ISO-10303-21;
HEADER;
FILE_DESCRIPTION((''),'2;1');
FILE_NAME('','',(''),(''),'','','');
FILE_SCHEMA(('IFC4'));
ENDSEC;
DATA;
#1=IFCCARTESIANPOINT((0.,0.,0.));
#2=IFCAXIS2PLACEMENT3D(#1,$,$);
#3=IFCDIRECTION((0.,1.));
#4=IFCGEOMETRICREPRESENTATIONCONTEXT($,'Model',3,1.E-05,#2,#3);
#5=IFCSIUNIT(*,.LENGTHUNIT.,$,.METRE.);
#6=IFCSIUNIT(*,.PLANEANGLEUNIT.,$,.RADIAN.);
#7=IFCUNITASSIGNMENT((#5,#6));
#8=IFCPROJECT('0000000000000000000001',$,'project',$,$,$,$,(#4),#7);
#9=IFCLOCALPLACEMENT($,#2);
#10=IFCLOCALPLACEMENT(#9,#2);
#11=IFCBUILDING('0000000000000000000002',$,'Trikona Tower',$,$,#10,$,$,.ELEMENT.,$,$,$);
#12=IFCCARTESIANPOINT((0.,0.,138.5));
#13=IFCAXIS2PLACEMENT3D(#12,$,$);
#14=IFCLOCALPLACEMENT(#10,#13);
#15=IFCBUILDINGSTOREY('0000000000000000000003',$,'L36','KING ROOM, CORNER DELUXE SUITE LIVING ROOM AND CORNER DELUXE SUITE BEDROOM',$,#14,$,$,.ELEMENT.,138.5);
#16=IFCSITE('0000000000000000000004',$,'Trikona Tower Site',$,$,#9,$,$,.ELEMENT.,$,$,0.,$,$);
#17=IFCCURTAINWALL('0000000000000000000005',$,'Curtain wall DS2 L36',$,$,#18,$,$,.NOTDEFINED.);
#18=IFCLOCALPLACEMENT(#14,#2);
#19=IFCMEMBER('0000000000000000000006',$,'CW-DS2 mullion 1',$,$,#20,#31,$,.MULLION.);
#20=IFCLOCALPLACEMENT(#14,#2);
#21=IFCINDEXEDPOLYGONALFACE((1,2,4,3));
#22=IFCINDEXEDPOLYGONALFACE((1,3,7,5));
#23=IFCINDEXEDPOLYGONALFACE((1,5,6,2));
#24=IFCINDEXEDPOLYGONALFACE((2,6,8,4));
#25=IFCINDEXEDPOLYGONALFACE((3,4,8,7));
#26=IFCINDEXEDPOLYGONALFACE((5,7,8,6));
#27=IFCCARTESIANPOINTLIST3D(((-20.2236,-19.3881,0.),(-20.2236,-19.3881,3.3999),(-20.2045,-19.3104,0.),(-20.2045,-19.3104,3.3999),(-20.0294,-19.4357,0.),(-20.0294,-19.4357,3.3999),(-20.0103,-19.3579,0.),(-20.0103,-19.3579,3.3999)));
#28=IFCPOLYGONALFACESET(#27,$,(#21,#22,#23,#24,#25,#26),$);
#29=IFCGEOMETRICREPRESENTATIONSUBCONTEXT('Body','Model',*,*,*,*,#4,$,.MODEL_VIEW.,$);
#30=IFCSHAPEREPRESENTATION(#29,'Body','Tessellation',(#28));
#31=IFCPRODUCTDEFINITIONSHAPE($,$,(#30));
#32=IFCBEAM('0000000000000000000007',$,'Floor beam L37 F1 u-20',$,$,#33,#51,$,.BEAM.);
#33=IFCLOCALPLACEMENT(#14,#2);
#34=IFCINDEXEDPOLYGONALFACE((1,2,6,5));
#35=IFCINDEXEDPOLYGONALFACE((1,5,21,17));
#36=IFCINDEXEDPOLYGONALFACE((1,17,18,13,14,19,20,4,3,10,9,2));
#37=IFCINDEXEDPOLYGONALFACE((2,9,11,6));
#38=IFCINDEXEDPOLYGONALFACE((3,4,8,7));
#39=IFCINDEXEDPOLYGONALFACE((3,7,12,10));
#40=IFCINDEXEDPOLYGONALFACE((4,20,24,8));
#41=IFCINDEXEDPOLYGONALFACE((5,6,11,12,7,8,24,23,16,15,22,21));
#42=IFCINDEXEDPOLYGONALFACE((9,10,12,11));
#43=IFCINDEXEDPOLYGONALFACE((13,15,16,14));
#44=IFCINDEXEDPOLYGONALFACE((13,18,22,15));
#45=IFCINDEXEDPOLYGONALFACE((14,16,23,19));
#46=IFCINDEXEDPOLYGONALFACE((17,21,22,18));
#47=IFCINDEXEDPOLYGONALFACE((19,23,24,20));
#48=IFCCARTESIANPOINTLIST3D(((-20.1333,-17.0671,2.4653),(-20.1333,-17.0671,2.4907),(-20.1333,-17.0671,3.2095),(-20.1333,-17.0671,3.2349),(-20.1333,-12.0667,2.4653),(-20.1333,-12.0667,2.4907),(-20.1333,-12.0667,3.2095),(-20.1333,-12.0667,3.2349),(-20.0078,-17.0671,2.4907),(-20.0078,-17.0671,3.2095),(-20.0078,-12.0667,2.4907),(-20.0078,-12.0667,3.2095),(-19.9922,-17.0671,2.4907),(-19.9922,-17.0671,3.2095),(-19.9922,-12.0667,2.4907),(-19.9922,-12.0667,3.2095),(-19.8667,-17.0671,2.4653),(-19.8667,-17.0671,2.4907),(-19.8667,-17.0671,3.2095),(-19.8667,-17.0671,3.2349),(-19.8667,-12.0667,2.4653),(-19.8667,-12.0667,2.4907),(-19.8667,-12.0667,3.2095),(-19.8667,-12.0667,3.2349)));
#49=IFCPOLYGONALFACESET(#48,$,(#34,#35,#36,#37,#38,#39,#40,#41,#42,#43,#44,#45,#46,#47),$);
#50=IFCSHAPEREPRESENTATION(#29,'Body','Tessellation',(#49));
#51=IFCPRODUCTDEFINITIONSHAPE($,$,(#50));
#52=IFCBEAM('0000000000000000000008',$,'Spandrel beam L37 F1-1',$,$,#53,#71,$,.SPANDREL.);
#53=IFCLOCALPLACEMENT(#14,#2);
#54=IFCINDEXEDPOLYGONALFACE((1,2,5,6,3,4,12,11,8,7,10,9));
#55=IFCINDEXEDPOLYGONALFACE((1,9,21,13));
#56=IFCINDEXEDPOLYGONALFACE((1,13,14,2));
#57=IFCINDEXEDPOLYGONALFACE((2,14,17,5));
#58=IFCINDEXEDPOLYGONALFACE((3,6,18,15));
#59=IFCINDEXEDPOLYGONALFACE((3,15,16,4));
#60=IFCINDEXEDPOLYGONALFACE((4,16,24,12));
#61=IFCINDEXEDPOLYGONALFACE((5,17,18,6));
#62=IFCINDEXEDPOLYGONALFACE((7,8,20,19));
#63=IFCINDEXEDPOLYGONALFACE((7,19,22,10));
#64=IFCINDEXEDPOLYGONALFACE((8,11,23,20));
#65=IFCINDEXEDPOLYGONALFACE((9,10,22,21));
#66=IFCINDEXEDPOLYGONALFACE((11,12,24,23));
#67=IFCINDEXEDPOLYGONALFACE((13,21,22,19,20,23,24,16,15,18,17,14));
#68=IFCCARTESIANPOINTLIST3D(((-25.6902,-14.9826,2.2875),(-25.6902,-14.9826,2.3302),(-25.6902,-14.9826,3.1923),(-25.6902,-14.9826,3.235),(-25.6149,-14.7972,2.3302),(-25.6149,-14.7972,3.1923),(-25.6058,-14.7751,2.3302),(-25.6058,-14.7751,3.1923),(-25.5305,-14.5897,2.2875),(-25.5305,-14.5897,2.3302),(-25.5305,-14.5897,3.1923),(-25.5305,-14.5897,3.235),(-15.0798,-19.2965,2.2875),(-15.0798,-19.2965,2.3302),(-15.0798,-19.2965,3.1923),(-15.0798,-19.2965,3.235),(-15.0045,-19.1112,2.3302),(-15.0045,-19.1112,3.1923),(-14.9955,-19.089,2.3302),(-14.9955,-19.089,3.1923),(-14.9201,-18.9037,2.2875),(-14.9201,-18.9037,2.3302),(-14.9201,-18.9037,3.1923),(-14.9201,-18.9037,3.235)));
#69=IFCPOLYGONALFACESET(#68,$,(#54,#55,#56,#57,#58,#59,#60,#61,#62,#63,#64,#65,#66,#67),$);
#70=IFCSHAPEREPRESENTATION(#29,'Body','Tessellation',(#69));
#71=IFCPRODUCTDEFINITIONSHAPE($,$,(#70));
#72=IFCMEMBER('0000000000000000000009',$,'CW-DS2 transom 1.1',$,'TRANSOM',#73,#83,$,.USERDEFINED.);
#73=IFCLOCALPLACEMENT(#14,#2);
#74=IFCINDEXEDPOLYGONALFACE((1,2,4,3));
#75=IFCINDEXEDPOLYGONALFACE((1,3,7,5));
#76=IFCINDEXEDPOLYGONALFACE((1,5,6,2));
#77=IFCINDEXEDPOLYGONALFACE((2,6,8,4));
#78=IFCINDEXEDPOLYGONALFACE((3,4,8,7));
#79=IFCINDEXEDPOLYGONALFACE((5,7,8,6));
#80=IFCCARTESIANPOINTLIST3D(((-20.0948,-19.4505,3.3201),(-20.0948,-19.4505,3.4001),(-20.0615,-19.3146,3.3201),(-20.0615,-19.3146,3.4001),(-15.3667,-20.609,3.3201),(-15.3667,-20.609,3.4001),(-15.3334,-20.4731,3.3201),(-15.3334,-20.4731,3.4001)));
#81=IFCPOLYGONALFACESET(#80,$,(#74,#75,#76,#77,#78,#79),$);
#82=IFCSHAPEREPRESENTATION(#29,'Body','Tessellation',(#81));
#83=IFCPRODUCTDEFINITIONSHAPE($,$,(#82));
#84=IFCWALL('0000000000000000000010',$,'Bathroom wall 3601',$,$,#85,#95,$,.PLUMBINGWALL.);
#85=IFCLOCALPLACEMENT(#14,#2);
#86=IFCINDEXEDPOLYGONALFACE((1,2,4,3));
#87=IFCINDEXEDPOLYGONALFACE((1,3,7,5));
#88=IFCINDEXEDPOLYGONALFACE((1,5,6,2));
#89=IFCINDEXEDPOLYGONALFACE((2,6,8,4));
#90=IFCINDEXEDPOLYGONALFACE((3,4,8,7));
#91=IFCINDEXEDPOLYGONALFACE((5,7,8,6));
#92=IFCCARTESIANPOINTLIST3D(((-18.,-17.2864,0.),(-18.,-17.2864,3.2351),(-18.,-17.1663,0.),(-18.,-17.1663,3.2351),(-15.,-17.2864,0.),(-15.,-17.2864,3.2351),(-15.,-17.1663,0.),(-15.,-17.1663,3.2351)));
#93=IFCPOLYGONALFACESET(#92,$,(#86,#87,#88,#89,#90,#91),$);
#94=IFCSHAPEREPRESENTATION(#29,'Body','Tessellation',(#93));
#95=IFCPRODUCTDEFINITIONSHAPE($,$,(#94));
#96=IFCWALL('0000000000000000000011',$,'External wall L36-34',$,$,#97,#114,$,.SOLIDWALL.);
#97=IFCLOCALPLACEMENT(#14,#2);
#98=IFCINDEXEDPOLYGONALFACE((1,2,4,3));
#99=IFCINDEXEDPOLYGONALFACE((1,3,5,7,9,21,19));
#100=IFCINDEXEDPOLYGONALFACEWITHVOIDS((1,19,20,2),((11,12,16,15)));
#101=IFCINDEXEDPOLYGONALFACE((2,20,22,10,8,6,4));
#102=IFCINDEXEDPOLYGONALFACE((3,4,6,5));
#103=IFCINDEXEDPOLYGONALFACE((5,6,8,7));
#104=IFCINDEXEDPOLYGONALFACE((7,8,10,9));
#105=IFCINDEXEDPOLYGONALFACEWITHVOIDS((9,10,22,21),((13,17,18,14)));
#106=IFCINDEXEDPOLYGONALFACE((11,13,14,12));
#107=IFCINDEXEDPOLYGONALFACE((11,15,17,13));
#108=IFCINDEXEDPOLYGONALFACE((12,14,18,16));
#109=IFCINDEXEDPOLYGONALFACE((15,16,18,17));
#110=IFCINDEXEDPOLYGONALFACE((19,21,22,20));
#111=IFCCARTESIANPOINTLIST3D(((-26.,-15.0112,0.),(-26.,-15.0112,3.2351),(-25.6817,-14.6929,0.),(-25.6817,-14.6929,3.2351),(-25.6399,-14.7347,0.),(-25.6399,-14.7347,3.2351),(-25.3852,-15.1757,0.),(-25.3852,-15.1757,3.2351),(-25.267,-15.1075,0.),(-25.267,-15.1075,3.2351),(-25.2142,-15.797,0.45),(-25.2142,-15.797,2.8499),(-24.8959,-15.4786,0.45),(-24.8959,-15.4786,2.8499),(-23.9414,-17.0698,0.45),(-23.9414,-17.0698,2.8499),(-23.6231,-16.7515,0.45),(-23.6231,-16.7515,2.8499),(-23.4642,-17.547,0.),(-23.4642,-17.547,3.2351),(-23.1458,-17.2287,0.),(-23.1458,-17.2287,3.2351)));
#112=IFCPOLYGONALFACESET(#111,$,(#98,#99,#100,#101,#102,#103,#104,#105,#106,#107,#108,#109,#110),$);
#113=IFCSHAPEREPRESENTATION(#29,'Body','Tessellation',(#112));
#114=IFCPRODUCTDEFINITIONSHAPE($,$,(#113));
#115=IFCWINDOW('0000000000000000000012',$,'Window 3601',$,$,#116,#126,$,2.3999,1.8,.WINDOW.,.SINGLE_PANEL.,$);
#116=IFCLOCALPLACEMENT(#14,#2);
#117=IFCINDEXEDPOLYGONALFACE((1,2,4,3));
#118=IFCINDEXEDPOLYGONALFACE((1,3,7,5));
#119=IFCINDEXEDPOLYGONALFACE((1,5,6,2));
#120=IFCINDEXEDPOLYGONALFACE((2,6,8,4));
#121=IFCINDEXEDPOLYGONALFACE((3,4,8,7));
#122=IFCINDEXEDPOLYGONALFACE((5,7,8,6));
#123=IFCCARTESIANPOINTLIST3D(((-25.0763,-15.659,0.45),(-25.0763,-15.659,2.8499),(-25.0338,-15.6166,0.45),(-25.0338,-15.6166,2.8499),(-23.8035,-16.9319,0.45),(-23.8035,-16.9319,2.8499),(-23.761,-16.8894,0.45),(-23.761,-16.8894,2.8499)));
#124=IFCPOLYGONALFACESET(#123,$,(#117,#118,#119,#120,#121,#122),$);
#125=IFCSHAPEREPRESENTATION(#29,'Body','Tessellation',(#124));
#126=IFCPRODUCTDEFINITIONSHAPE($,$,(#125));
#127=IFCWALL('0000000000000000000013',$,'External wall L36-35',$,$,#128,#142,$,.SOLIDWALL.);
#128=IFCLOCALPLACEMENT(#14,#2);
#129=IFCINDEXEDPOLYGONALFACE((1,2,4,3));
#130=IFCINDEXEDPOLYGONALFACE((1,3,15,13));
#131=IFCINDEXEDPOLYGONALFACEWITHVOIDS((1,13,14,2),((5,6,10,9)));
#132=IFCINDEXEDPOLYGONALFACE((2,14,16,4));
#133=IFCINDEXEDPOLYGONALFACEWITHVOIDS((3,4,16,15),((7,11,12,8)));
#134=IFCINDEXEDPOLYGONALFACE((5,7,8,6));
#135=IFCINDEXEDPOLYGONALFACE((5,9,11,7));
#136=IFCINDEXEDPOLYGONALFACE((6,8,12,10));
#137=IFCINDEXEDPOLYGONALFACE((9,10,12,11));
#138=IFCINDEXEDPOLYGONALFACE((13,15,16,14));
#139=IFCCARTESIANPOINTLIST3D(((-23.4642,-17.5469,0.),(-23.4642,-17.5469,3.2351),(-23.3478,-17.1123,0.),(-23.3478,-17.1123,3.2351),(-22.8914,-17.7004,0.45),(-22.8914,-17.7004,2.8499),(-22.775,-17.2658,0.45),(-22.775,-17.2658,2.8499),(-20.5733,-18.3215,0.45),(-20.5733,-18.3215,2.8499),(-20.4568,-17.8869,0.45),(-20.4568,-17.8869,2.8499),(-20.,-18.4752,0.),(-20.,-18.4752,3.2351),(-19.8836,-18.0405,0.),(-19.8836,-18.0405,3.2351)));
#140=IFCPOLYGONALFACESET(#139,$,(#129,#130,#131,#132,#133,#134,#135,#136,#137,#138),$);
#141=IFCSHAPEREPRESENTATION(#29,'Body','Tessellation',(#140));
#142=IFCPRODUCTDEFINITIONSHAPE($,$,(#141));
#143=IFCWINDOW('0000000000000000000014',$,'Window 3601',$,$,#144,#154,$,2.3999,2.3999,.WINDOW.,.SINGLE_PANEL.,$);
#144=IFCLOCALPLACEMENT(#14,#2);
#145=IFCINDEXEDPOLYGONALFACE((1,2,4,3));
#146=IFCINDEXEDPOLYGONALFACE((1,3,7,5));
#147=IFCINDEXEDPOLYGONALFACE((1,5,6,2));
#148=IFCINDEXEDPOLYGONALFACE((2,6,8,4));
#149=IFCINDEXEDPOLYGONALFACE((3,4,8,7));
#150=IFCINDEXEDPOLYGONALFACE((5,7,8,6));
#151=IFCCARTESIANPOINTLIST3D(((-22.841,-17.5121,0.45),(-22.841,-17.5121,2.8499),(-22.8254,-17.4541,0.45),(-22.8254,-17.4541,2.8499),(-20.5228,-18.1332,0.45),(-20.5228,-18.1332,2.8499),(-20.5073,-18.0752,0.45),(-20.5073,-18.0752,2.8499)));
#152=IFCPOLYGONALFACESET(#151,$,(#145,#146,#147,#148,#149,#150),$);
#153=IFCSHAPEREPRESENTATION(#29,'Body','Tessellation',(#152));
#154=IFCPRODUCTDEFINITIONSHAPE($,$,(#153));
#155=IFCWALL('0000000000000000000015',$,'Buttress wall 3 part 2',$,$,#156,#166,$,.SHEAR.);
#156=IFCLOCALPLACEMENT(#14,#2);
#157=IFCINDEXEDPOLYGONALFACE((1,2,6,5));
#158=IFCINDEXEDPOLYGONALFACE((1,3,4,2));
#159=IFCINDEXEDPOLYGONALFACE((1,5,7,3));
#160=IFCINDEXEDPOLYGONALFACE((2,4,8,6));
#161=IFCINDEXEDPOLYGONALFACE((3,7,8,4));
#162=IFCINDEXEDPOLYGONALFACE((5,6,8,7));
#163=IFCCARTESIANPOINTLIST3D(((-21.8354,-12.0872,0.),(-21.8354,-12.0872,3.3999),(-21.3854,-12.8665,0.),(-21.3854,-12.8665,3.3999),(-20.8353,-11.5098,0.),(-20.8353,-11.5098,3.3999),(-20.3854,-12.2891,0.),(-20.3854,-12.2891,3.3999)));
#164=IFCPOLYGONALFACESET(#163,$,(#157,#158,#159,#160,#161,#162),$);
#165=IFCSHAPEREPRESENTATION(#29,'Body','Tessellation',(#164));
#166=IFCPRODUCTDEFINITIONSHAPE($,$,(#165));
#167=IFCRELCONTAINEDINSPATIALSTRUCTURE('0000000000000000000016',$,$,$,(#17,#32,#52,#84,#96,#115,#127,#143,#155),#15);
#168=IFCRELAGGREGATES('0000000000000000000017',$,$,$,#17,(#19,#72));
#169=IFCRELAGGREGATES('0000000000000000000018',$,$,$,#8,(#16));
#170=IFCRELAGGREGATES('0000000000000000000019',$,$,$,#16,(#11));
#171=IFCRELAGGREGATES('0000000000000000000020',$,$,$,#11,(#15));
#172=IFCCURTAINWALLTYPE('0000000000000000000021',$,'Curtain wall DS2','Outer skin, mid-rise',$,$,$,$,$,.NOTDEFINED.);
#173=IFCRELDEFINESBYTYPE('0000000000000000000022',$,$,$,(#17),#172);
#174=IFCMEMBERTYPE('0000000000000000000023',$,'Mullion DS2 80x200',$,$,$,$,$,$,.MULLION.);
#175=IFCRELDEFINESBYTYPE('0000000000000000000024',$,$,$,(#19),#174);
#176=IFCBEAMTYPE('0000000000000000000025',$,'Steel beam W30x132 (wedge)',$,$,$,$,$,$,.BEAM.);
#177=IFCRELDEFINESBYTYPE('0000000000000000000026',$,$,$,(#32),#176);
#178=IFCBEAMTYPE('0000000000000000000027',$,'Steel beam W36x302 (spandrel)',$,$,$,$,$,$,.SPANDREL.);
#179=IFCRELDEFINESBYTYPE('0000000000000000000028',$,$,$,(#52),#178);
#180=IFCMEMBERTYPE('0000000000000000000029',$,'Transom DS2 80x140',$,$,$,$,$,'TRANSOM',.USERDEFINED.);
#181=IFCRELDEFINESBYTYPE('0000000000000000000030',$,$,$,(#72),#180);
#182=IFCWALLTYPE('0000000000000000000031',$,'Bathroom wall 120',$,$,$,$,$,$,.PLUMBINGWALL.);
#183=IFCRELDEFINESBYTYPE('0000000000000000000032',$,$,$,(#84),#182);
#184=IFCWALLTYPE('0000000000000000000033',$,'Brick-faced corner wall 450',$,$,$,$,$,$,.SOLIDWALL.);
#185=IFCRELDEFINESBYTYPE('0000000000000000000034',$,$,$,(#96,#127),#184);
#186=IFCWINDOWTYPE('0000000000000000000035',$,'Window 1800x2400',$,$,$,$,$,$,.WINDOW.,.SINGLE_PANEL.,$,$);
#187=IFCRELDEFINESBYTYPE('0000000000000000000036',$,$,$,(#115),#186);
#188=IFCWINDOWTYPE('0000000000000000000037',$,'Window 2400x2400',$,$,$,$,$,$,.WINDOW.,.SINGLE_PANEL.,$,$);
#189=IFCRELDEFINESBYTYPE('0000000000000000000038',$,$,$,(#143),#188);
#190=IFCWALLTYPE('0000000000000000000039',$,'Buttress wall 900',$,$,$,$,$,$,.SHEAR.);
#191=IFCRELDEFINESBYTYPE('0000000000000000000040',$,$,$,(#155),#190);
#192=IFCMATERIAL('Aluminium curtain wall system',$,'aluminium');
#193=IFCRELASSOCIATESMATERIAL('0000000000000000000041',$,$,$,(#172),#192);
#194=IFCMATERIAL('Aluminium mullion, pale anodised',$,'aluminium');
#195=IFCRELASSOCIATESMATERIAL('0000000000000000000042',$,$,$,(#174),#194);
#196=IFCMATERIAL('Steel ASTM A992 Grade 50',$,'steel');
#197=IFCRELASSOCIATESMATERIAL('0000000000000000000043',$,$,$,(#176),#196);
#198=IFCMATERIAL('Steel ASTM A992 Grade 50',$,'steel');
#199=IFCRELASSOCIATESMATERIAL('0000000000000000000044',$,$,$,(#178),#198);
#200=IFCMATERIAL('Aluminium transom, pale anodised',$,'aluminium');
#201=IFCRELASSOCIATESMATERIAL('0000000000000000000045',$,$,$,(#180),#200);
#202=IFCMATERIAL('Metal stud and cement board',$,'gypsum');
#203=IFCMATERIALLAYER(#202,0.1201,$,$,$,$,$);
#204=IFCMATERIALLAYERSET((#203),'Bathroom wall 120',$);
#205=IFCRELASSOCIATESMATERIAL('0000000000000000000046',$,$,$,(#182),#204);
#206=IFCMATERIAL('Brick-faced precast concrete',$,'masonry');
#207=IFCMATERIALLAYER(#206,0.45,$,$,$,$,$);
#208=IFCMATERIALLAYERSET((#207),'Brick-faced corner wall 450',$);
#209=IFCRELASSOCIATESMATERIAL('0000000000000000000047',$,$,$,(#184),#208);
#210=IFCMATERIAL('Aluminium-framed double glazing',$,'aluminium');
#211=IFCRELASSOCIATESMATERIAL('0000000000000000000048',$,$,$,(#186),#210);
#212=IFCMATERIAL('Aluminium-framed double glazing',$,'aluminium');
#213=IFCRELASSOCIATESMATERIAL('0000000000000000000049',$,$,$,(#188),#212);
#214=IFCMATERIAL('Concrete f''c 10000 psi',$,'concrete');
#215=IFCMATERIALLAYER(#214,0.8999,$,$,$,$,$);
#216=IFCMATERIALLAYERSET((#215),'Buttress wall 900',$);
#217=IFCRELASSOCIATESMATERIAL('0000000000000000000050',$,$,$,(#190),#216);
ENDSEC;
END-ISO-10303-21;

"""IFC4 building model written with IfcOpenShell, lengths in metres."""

from ifc_helpers import new_model, si_unit, direction, frame, frame_2d, origin, origin_2d, place, context, subcontext, project, spatial, polyline, rectangle, i_section, outline, extrude, material, layer, layer_set, material_profile, profile_set, type_object, element, fill, aggregate, save


model = new_model("IFC4")

# Units and contexts
model_context = context("Model", 3, precision=1e-05, world=origin(), true_north=direction((0.0, 1.0)))
body_context = subcontext(model_context, "Body", "Model", "MODEL_VIEW")
ifc_project = project(units=[si_unit("LENGTHUNIT", "METRE"), si_unit("PLANEANGLEUNIT", "RADIAN")], contexts=[model_context])

# Site, building, storey
site_placement = place(None, origin())
site = spatial("IfcSite", under=ifc_project, at=site_placement, Name="Trikona Tower Site", CompositionType="ELEMENT", RefElevation=0.0)
building_placement = place(site_placement, origin())
building = spatial("IfcBuilding", under=site, at=building_placement, Name="Trikona Tower", CompositionType="ELEMENT")
storey_placement = place(building_placement, frame((0.0, 0.0, 138.5)))
storey = spatial("IfcBuildingStorey", under=building, at=storey_placement, Name="L36", Description="KING ROOM, CORNER DELUXE SUITE LIVING ROOM AND CORNER DELUXE SUITE BEDROOM", CompositionType="ELEMENT", Elevation=138.5)

# Curtain wall, member
ifc_material_1 = material(Name="Aluminium curtain wall system", Category="aluminium")
curtain_wall_type = type_object("IfcCurtainWallType", Name="Curtain wall DS2", Description="Outer skin, mid-rise", PredefinedType="NOTDEFINED", material=ifc_material_1)
curtain_wall_placement = place(storey_placement, origin())
curtain_wall = element("IfcCurtainWall", 1, at=curtain_wall_placement, inside=storey, type_object=curtain_wall_type, Name="Curtain wall DS2 L36", PredefinedType="NOTDEFINED")
ifc_material_2 = material(Name="Aluminium mullion, pale anodised", Category="aluminium")
ifc_material_profile_1 = material_profile(ifc_material_2, rectangle(XDim=0.0801, YDim=0.2, at=origin_2d()), Name="MUL-DS2")
ifc_profile_set_1 = profile_set([ifc_material_profile_1], Name="Aluminium mullion, pale anodised")
member_type_1 = type_object("IfcMemberType", Name="Mullion DS2 80x200", PredefinedType="MULLION", material=ifc_profile_set_1)
member_1_placement = place(storey_placement, frame((-20.1169, -19.373, 0.0), z_axis=(0.0, 0.0, 1.0), x_axis=(0.23797, 0.971272, 0.0)))
member_1 = element("IfcMember", 2, at=member_1_placement, type_object=member_type_1, Name="CW-DS2 mullion 1", PredefinedType="MULLION", context=body_context, shape_type="SweptSolid", body=[
    extrude(rectangle(XDim=0.0801, YDim=0.2, at=origin_2d()), origin(), (0.0, 0.0, 1.0), 3.3999),
])

# Beams
ifc_material_3 = material(Name="Steel ASTM A992 Grade 50", Category="steel")
ifc_material_profile_2 = material_profile(ifc_material_3, i_section(OverallWidth=0.2666, OverallDepth=0.7695, WebThickness=0.0156, FlangeThickness=0.0254, at=origin_2d()), Name="W30X132")
ifc_profile_set_2 = profile_set([ifc_material_profile_2], Name="Steel ASTM A992 Grade 50")
beam_type_1 = type_object("IfcBeamType", Name="Steel beam W30x132 (wedge)", PredefinedType="BEAM", material=ifc_profile_set_2)
beam_1_placement = place(storey_placement, frame((-20.0, -12.0667, 2.8501), z_axis=(0.0, -1.0, 0.0), x_axis=(1.0, 0.0, 0.0)))
element("IfcBeam", 3, at=beam_1_placement, inside=storey, type_object=beam_type_1, Name="Floor beam L37 F1 u-20", PredefinedType="BEAM", context=body_context, shape_type="SweptSolid", body=[
    extrude(i_section(OverallWidth=0.2666, OverallDepth=0.7695, WebThickness=0.0156, FlangeThickness=0.0254, at=origin_2d()), origin(), (0.0, 0.0, 1.0), 5.0005),
])
ifc_material_4 = material(Name="Steel ASTM A992 Grade 50", Category="steel")
ifc_material_profile_3 = material_profile(ifc_material_4, i_section(OverallWidth=0.4241, OverallDepth=0.9475, WebThickness=0.0239, FlangeThickness=0.0427, at=origin_2d()), Name="W36X302")
ifc_profile_set_3 = profile_set([ifc_material_profile_3], Name="Steel ASTM A992 Grade 50")
beam_type_2 = type_object("IfcBeamType", Name="Steel beam W36x302 (spandrel)", PredefinedType="SPANDREL", material=ifc_profile_set_3)
beam_2_placement = place(storey_placement, frame((-25.6104, -14.7861, 2.7612), z_axis=(0.92636, -0.37664, 0.0), x_axis=(0.37664, 0.92636, 0.0)))
element("IfcBeam", 4, at=beam_2_placement, inside=storey, type_object=beam_type_2, Name="Spandrel beam L37 F1-1", PredefinedType="SPANDREL", context=body_context, shape_type="SweptSolid", body=[
    extrude(i_section(OverallWidth=0.4241, OverallDepth=0.9475, WebThickness=0.0239, FlangeThickness=0.0427, at=origin_2d()), origin(), (0.0, 0.0, 1.0), 11.4539),
])

# Member
ifc_material_5 = material(Name="Aluminium transom, pale anodised", Category="aluminium")
ifc_material_profile_4 = material_profile(ifc_material_5, rectangle(XDim=0.1399, YDim=0.0801, at=origin_2d()), Name="TRN-DS2")
ifc_profile_set_4 = profile_set([ifc_material_profile_4], Name="Aluminium transom, pale anodised")
member_type_2 = type_object("IfcMemberType", Name="Transom DS2 80x140", ElementType="TRANSOM", PredefinedType="USERDEFINED", material=ifc_profile_set_4)
member_2_placement = place(storey_placement, frame((-20.0781, -19.3826, 3.3601), z_axis=(0.971271, -0.237978, 0.0), x_axis=(0.237978, 0.971271, 0.0)))
member_2 = element("IfcMember", 5, at=member_2_placement, type_object=member_type_2, Name="CW-DS2 transom 1.1", ObjectType="TRANSOM", PredefinedType="USERDEFINED", context=body_context, shape_type="SweptSolid", body=[
    extrude(rectangle(XDim=0.1399, YDim=0.0801, at=origin_2d()), origin(), (0.0, 0.0, 1.0), 4.8679),
])
aggregate(curtain_wall, [member_1, member_2])

# Wall
ifc_material_6 = material(Name="Metal stud and cement board", Category="gypsum")
ifc_layer_1 = layer(ifc_material_6, 0.1201)
ifc_layer_set_1 = layer_set([ifc_layer_1], Name="Bathroom wall 120")
wall_type_1 = type_object("IfcWallType", Name="Bathroom wall 120", PredefinedType="PLUMBINGWALL", material=ifc_layer_set_1)
wall_1_placement = place(storey_placement, frame((-18.0, -17.2263, 0.0), z_axis=(0.0, 0.0, 1.0), x_axis=(1.0, 0.0, 0.0)))
element("IfcWall", 6, at=wall_1_placement, inside=storey, type_object=wall_type_1, Name="Bathroom wall 3601", PredefinedType="PLUMBINGWALL", context=body_context, shape_type="SweptSolid", body=[
    extrude(rectangle(XDim=3.0, YDim=0.1201, at=frame_2d((1.5, 0.0))), origin(), (0.0, 0.0, 1.0), 3.2351),
])

# Walls, openings, windows
ifc_material_7 = material(Name="Brick-faced precast concrete", Category="masonry")
ifc_layer_2 = layer(ifc_material_7, 0.45)
ifc_layer_set_2 = layer_set([ifc_layer_2], Name="Brick-faced corner wall 450")
wall_type_2 = type_object("IfcWallType", Name="Brick-faced corner wall 450", PredefinedType="SOLIDWALL", material=ifc_layer_set_2)
wall_2_placement = place(storey_placement, frame((-25.8408, -14.8521, 0.0), z_axis=(0.0, 0.0, 1.0), x_axis=(0.707107, -0.707107, 0.0)))
wall_2 = element("IfcWall", 7, at=wall_2_placement, inside=storey, type_object=wall_type_2, Name="External wall L36-34", PredefinedType="SOLIDWALL", context=body_context, shape_type="SweptSolid", body=[
    extrude(outline(polyline([(3.5862, 0.2251), (0.5864, 0.2251), (0.551, 0.0933), (0.0591, 0.2251), (0.0, 0.2251), (0.0, -0.2251), (3.5862, -0.2251), (3.5862, 0.2251)])), origin(), (0.0, 0.0, 1.0), 3.2351),
])
opening_1_placement = place(wall_2_placement, frame((1.1113, 0.0, 0.45)))
opening_1 = element("IfcOpeningElement", 8, at=opening_1_placement, cuts=wall_2, PredefinedType="OPENING", context=body_context, shape_type="SweptSolid", body=[
    extrude(rectangle(XDim=1.8, YDim=2.3999, at=frame_2d((0.8999, 1.2))), frame((0.0, 0.2349, 0.0), z_axis=(0.0, -1.0, 0.0), x_axis=(1.0, 0.0, 0.0)), (0.0, 0.0, 1.0), 0.47),
])
ifc_material_8 = material(Name="Aluminium-framed double glazing", Category="aluminium")
window_type_1 = type_object("IfcWindowType", Name="Window 1800x2400", PartitioningType="SINGLE_PANEL", PredefinedType="WINDOW", material=ifc_material_8)
window_1_placement = place(opening_1_placement, origin())
window_1 = element("IfcWindow", 9, at=window_1_placement, inside=storey, type_object=window_type_1, Name="Window 3601", OverallHeight=2.3999, OverallWidth=1.8, PartitioningType="SINGLE_PANEL", PredefinedType="WINDOW", context=body_context, shape_type="SweptSolid", body=[
    extrude(rectangle(XDim=1.8, YDim=2.3999, at=frame_2d((0.8999, 1.2))), frame((0.0, 0.03, 0.0), z_axis=(0.0, -1.0, 0.0), x_axis=(1.0, 0.0, 0.0)), (0.0, 0.0, 1.0), 0.0601),
])
fill(opening_1, window_1)
wall_3_placement = place(storey_placement, frame((-23.406, -17.3296, 0.0), z_axis=(0.0, 0.0, 1.0), x_axis=(0.965925, -0.258823, 0.0)))
wall_3 = element("IfcWall", 10, at=wall_3_placement, inside=storey, type_object=wall_type_2, Name="External wall L36-35", PredefinedType="SOLIDWALL", context=body_context, shape_type="SweptSolid", body=[
    extrude(rectangle(XDim=3.5864, YDim=0.45, at=frame_2d((1.7932, 0.0))), origin(), (0.0, 0.0, 1.0), 3.2351),
])
opening_2_placement = place(wall_3_placement, frame((0.593, 0.0, 0.45)))
opening_2 = element("IfcOpeningElement", 11, at=opening_2_placement, cuts=wall_3, PredefinedType="OPENING", context=body_context, shape_type="SweptSolid", body=[
    extrude(rectangle(XDim=2.3999, YDim=2.3999, at=frame_2d((1.2, 1.2))), frame((0.0, 0.2349, 0.0), z_axis=(0.0, -1.0, 0.0), x_axis=(1.0, 0.0, 0.0)), (0.0, 0.0, 1.0), 0.47),
])
ifc_material_9 = material(Name="Aluminium-framed double glazing", Category="aluminium")
window_type_2 = type_object("IfcWindowType", Name="Window 2400x2400", PartitioningType="SINGLE_PANEL", PredefinedType="WINDOW", material=ifc_material_9)
window_2_placement = place(opening_2_placement, origin())
window_2 = element("IfcWindow", 12, at=window_2_placement, inside=storey, type_object=window_type_2, Name="Window 3601", OverallHeight=2.3999, OverallWidth=2.3999, PartitioningType="SINGLE_PANEL", PredefinedType="WINDOW", context=body_context, shape_type="SweptSolid", body=[
    extrude(rectangle(XDim=2.3999, YDim=2.3999, at=frame_2d((1.2, 1.2))), frame((0.0, 0.03, 0.0), z_axis=(0.0, -1.0, 0.0), x_axis=(1.0, 0.0, 0.0)), (0.0, 0.0, 1.0), 0.0601),
])
fill(opening_2, window_2)

# Wall
ifc_material_10 = material(Name="Concrete f'c 10000 psi", Category="concrete")
ifc_layer_3 = layer(ifc_material_10, 0.8999)
ifc_layer_set_3 = layer_set([ifc_layer_3], Name="Buttress wall 900")
wall_type_3 = type_object("IfcWallType", Name="Buttress wall 900", PredefinedType="SHEAR", material=ifc_layer_set_3)
wall_4_placement = place(storey_placement, frame((-20.6104, -11.8994, 0.0), z_axis=(0.0, 0.0, 1.0), x_axis=(-0.86601, -0.500027, 0.0)))
element("IfcWall", 13, at=wall_4_placement, inside=storey, type_object=wall_type_3, Name="Buttress wall 3 part 2", PredefinedType="SHEAR", context=body_context, shape_type="SweptSolid", body=[
    extrude(rectangle(XDim=1.1548, YDim=0.8999, at=frame_2d((0.5774, 0.0))), origin(), (0.0, 0.0, 1.0), 3.3999),
])

save(model, "model.ifc")
